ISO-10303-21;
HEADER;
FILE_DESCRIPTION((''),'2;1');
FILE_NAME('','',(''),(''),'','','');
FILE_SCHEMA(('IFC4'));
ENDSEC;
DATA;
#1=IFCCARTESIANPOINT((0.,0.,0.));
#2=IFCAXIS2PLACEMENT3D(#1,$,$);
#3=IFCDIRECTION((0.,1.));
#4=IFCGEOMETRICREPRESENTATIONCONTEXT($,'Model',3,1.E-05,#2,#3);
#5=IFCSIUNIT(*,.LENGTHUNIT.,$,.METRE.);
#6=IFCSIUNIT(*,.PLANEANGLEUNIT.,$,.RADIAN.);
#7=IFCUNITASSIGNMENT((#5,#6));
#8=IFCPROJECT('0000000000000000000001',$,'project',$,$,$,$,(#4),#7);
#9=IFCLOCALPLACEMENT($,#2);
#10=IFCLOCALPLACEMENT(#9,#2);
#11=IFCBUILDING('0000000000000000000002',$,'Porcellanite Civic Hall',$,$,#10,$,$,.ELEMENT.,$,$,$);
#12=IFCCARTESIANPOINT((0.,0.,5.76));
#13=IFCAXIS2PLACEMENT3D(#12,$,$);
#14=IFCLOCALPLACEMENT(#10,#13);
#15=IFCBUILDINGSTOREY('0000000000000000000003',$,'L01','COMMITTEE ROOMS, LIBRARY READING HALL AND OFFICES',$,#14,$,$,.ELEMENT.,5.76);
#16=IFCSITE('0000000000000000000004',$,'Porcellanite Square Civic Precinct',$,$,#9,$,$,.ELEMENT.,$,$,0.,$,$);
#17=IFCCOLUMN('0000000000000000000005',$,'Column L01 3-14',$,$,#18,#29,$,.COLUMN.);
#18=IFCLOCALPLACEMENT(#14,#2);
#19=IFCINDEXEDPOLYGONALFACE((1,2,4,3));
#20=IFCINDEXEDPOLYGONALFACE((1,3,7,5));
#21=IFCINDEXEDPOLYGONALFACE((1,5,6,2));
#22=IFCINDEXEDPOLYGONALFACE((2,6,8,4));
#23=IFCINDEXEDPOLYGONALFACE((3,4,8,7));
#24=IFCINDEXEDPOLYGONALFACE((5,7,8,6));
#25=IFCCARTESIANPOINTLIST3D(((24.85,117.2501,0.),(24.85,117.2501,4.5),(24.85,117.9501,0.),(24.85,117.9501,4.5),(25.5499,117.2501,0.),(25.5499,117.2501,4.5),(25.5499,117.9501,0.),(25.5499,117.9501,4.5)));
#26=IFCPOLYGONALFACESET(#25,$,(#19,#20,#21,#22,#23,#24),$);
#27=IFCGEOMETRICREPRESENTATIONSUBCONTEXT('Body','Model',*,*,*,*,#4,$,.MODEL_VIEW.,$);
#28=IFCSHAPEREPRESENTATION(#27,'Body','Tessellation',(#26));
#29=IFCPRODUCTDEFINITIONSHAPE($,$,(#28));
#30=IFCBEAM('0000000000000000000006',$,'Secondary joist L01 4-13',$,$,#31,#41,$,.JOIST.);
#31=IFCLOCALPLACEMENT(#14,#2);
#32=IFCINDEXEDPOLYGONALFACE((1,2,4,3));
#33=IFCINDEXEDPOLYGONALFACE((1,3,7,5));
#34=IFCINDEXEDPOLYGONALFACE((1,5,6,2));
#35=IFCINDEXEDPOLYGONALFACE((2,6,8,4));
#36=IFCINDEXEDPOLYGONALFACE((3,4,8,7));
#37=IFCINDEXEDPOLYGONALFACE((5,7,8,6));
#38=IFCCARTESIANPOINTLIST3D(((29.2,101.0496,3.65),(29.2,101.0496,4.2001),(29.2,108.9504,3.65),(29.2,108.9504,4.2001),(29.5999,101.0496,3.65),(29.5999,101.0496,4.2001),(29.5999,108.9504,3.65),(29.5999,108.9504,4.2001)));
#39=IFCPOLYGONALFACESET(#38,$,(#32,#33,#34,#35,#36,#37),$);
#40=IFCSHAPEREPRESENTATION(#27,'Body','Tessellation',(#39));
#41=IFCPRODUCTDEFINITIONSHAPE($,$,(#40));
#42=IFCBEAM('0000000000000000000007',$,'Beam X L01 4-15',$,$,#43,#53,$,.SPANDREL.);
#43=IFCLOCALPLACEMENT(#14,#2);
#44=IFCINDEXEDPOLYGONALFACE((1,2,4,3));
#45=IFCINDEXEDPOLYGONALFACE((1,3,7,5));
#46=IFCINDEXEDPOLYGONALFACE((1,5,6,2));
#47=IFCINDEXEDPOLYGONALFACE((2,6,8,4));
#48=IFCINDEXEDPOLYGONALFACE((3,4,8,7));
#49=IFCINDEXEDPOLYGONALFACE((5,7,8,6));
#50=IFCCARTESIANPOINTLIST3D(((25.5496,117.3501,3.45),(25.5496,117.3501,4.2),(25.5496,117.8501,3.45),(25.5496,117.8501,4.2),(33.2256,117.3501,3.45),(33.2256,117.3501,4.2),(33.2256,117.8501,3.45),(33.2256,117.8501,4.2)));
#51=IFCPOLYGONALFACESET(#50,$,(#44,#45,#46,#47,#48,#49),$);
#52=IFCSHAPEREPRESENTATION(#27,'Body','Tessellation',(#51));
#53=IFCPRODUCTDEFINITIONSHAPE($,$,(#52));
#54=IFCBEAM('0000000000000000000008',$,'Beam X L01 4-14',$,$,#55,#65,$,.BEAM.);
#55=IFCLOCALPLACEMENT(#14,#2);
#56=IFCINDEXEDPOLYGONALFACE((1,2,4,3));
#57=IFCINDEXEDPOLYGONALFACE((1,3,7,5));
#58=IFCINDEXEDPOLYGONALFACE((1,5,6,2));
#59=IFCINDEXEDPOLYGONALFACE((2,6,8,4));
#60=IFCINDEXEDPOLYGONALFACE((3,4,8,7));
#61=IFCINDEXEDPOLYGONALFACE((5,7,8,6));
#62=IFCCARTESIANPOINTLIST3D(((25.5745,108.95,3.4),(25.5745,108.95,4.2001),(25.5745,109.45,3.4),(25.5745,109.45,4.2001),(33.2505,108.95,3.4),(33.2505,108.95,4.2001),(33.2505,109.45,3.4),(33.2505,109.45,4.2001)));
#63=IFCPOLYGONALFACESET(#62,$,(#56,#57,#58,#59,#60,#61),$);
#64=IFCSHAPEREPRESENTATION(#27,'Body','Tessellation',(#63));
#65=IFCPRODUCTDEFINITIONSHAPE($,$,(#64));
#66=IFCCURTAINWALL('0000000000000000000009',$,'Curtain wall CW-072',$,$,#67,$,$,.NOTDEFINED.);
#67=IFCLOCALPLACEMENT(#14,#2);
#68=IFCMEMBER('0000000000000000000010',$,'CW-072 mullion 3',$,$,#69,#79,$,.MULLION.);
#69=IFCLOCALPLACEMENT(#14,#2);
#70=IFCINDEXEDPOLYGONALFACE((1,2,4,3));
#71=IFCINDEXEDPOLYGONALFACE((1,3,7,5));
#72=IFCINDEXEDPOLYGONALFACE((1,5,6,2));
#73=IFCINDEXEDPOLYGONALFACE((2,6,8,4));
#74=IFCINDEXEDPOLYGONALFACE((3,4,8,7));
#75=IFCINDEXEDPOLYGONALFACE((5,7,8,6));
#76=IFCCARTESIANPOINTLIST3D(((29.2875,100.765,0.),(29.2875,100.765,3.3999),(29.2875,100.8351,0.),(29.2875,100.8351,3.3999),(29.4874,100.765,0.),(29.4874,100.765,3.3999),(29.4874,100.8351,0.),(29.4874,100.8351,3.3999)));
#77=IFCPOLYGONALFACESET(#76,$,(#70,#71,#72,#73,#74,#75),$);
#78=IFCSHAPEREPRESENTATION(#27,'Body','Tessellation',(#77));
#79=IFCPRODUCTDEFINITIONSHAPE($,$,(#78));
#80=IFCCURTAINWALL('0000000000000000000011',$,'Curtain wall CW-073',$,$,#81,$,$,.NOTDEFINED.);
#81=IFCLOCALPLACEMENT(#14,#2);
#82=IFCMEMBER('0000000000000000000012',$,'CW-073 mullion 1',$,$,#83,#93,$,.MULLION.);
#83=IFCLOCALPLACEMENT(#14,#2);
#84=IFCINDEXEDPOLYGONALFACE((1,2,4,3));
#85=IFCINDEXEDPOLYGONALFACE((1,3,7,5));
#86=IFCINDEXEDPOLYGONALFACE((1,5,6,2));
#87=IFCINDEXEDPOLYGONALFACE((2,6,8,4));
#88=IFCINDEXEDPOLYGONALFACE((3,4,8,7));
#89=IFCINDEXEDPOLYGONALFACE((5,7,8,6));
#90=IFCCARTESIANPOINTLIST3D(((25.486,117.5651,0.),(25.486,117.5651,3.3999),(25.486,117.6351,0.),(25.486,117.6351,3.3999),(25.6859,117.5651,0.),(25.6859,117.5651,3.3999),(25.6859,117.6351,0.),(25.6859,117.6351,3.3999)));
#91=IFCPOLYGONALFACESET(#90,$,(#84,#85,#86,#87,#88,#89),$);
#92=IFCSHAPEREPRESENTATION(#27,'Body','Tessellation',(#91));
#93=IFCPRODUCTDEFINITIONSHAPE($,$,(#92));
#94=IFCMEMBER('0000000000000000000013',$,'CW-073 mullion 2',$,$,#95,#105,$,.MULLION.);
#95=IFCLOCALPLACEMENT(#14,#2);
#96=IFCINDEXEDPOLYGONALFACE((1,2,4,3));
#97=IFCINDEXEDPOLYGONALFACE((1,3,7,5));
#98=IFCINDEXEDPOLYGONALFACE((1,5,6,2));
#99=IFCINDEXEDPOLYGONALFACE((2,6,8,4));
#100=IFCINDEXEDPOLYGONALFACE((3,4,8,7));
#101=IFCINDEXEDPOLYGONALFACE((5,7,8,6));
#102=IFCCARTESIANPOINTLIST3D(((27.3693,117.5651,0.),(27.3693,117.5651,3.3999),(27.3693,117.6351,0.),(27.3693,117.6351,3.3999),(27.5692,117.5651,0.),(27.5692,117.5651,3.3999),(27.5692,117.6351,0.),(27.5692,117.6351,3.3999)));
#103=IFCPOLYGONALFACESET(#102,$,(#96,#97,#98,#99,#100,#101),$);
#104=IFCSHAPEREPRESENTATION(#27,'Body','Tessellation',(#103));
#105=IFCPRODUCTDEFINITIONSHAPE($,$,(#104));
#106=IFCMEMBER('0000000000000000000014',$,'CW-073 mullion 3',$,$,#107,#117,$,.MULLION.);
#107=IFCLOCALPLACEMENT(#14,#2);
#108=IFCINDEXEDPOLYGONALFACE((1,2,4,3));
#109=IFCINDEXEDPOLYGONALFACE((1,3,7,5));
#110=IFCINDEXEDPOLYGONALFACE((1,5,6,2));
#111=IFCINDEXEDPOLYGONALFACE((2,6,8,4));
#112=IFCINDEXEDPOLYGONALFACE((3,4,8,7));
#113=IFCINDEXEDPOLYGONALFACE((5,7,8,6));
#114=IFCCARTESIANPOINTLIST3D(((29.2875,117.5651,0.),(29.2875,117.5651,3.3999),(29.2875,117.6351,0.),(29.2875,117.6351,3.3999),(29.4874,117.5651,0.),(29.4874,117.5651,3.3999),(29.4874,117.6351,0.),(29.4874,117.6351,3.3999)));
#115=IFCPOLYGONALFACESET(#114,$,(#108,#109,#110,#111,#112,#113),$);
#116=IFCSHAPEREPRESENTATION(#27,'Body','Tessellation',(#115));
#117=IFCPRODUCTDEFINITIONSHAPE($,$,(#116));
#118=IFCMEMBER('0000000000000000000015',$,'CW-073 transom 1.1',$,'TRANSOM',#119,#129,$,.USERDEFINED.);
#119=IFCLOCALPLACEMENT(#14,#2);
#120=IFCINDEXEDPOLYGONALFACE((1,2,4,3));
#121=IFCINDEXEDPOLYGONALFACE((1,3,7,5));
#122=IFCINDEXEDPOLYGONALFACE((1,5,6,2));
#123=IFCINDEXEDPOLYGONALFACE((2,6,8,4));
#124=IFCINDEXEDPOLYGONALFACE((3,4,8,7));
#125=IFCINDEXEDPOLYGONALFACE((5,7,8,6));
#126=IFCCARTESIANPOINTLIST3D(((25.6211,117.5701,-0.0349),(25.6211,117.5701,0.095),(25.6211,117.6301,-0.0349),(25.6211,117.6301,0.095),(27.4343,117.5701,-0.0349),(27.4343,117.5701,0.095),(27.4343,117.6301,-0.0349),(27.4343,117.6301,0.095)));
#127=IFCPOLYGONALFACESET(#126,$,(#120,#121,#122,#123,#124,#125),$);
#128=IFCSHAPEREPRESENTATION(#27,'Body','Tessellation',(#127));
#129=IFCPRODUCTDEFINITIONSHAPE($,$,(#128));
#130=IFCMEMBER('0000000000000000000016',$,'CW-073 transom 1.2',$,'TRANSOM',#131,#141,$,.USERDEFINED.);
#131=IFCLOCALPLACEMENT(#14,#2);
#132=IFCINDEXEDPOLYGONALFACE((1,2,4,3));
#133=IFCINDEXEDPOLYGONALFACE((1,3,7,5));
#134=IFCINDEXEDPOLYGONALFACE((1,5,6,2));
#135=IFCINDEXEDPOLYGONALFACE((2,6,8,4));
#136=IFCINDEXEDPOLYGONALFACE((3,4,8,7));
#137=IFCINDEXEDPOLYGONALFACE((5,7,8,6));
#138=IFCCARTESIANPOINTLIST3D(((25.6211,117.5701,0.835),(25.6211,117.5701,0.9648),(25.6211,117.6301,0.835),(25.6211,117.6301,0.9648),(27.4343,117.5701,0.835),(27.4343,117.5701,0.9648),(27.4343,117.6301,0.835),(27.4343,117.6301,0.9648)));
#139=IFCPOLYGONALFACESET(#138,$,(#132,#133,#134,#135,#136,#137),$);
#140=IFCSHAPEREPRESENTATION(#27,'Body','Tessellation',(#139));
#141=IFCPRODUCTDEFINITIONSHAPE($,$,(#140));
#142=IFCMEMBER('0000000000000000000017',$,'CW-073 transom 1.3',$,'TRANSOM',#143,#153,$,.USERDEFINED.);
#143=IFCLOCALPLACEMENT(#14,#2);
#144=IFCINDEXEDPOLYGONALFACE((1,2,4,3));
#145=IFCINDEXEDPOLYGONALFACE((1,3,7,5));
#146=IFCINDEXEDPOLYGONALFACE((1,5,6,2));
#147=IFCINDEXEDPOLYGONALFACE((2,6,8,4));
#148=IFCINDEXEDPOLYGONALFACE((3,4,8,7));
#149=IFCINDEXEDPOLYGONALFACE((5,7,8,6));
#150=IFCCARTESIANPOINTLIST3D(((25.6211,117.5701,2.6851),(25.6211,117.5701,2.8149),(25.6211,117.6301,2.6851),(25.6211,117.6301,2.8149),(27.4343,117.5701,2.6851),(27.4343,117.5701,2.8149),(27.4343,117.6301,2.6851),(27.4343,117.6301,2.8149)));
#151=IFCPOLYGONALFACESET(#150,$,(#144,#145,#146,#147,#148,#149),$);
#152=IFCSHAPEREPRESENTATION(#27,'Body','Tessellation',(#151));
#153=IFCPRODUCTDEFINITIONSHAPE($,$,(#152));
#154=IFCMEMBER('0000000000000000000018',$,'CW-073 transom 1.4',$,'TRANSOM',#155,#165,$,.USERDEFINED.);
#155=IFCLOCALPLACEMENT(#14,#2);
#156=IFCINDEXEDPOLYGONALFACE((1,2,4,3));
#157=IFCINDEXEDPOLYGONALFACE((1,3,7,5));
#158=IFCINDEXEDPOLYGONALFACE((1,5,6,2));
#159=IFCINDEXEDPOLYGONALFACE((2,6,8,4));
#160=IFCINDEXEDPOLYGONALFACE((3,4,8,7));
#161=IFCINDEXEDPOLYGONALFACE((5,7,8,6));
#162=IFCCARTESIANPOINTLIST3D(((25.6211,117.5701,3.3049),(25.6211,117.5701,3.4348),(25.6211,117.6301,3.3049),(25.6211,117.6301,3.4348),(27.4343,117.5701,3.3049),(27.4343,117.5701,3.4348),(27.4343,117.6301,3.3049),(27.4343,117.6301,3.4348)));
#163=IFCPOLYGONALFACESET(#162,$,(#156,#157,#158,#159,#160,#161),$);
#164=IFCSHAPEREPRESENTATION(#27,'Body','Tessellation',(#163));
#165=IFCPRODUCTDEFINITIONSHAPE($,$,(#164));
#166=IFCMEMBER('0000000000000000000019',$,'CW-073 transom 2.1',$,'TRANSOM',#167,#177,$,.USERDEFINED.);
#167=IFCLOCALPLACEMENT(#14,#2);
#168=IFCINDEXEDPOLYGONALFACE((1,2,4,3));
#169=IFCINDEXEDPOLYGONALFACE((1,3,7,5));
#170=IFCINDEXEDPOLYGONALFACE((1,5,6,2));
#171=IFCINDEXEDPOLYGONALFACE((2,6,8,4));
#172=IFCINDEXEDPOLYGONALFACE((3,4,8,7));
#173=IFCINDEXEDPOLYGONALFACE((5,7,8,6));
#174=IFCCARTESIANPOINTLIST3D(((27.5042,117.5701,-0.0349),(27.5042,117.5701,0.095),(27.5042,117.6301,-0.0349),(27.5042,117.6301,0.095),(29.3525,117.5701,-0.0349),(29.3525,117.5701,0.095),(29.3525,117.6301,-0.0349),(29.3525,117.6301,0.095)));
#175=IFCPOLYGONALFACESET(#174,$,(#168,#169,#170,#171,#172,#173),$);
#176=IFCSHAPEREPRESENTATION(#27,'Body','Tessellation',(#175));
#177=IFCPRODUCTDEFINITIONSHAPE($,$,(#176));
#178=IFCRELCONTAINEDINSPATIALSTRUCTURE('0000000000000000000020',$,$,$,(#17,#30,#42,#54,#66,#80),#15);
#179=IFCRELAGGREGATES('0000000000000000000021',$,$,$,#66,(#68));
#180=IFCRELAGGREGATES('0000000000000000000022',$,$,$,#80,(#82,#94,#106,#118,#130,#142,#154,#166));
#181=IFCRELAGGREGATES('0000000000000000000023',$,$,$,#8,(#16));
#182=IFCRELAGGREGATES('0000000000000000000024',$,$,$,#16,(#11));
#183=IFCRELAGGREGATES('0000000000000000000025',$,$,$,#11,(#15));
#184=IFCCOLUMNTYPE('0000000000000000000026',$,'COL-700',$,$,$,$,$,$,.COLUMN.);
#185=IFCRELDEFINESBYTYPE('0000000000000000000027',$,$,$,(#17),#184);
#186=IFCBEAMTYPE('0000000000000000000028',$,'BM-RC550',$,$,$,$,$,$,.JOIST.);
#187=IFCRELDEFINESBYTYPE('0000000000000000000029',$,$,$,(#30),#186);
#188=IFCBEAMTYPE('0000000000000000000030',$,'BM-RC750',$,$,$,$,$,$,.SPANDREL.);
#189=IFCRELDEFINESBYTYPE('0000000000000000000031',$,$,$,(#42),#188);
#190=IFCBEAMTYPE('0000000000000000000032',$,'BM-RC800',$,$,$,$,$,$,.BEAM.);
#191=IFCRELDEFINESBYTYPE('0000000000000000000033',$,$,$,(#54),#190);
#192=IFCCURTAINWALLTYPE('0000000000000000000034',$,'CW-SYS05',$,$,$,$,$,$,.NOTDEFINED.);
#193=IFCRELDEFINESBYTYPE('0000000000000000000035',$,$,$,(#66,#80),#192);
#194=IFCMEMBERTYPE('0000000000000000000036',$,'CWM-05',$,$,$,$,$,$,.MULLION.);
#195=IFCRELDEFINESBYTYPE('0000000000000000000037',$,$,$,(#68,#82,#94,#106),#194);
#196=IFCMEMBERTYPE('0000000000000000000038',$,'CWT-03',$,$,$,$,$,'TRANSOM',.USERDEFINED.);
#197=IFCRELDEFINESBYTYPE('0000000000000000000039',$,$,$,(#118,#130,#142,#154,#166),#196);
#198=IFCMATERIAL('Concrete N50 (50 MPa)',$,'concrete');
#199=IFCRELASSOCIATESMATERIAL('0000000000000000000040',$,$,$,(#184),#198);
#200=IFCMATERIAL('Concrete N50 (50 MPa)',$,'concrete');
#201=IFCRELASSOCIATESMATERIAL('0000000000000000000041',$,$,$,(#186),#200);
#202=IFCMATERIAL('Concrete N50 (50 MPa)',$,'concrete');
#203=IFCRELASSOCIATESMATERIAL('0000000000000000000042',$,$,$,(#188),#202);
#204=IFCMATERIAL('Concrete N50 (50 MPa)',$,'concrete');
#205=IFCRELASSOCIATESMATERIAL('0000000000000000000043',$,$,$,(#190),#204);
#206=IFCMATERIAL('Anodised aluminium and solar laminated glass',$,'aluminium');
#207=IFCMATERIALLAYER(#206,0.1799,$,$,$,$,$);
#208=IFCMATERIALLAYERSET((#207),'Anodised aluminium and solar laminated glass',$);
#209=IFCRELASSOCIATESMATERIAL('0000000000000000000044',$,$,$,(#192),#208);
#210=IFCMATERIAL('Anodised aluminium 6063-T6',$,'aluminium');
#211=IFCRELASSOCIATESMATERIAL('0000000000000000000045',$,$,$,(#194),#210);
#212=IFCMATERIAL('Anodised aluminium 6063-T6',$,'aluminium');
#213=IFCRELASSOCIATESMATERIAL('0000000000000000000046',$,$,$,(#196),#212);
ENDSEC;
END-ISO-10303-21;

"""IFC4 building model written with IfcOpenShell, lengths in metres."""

from ifc_helpers import new_model, si_unit, direction, frame, origin, origin_2d, place, context, subcontext, project, spatial, rectangle, extrude, material, layer, layer_set, material_profile, profile_set, type_object, element, aggregate, save


model = new_model("IFC4")

# Units and contexts
model_context = context("Model", 3, precision=1e-05, world=origin(), true_north=direction((0.0, 1.0)))
body_context = subcontext(model_context, "Body", "Model", "MODEL_VIEW")
ifc_project = project(units=[si_unit("LENGTHUNIT", "METRE"), si_unit("PLANEANGLEUNIT", "RADIAN")], contexts=[model_context])

# Site, building, storey
site_placement = place(None, origin())
site = spatial("IfcSite", under=ifc_project, at=site_placement, Name="Porcellanite Square Civic Precinct", CompositionType="ELEMENT", RefElevation=0.0)
building_placement = place(site_placement, origin())
building = spatial("IfcBuilding", under=site, at=building_placement, Name="Porcellanite Civic Hall", CompositionType="ELEMENT")
storey_placement = place(building_placement, frame((0.0, 0.0, 5.76)))
storey = spatial("IfcBuildingStorey", under=building, at=storey_placement, Name="L01", Description="COMMITTEE ROOMS, LIBRARY READING HALL AND OFFICES", CompositionType="ELEMENT", Elevation=5.76)

# Column
ifc_material_1 = material(Name="Concrete N50 (50 MPa)", Category="concrete")
ifc_material_profile_1 = material_profile(ifc_material_1, rectangle(XDim=0.7, YDim=0.7, at=origin_2d()), Name="RC-700x700")
ifc_profile_set_1 = profile_set([ifc_material_profile_1], Name="Concrete N50 (50 MPa)")
column_type = type_object("IfcColumnType", Name="COL-700", PredefinedType="COLUMN", material=ifc_profile_set_1)
column_placement = place(storey_placement, frame((25.2, 117.6001, 0.0), z_axis=(0.0, 0.0, 1.0), x_axis=(1.0, 0.0, 0.0)))
element("IfcColumn", 1, at=column_placement, inside=storey, type_object=column_type, Name="Column L01 3-14", PredefinedType="COLUMN", context=body_context, shape_type="SweptSolid", body=[
    extrude(rectangle(XDim=0.7, YDim=0.7, at=origin_2d()), origin(), (0.0, 0.0, 1.0), 4.5),
])

# Beams
ifc_material_2 = material(Name="Concrete N50 (50 MPa)", Category="concrete")
ifc_material_profile_2 = material_profile(ifc_material_2, rectangle(XDim=0.3999, YDim=0.55, at=origin_2d()), Name="RC-400x550")
ifc_profile_set_2 = profile_set([ifc_material_profile_2], Name="Concrete N50 (50 MPa)")
beam_type_1 = type_object("IfcBeamType", Name="BM-RC550", PredefinedType="JOIST", material=ifc_profile_set_2)
beam_1_placement = place(storey_placement, frame((29.3999, 101.0496, 3.925), z_axis=(0.0, 1.0, 0.0), x_axis=(-1.0, 0.0, 0.0)))
element("IfcBeam", 2, at=beam_1_placement, inside=storey, type_object=beam_type_1, Name="Secondary joist L01 4-13", PredefinedType="JOIST", context=body_context, shape_type="SweptSolid", body=[
    extrude(rectangle(XDim=0.3999, YDim=0.55, at=origin_2d()), origin(), (0.0, 0.0, 1.0), 7.9009),
])
ifc_material_3 = material(Name="Concrete N50 (50 MPa)", Category="concrete")
ifc_material_profile_3 = material_profile(ifc_material_3, rectangle(XDim=0.5, YDim=0.75, at=origin_2d()), Name="RC-500x750")
ifc_profile_set_3 = profile_set([ifc_material_profile_3], Name="Concrete N50 (50 MPa)")
beam_type_2 = type_object("IfcBeamType", Name="BM-RC750", PredefinedType="SPANDREL", material=ifc_profile_set_3)
beam_2_placement = place(storey_placement, frame((25.5496, 117.6001, 3.825), z_axis=(1.0, 0.0, 0.0), x_axis=(0.0, 1.0, 0.0)))
element("IfcBeam", 3, at=beam_2_placement, inside=storey, type_object=beam_type_2, Name="Beam X L01 4-15", PredefinedType="SPANDREL", context=body_context, shape_type="SweptSolid", body=[
    extrude(rectangle(XDim=0.5, YDim=0.75, at=origin_2d()), origin(), (0.0, 0.0, 1.0), 7.676),
])
ifc_material_4 = material(Name="Concrete N50 (50 MPa)", Category="concrete")
ifc_material_profile_4 = material_profile(ifc_material_4, rectangle(XDim=0.5, YDim=0.8, at=origin_2d()), Name="RC-500x800")
ifc_profile_set_4 = profile_set([ifc_material_profile_4], Name="Concrete N50 (50 MPa)")
beam_type_3 = type_object("IfcBeamType", Name="BM-RC800", PredefinedType="BEAM", material=ifc_profile_set_4)
beam_3_placement = place(storey_placement, frame((25.5745, 109.2, 3.8), z_axis=(1.0, 0.0, 0.0), x_axis=(0.0, 1.0, 0.0)))
element("IfcBeam", 4, at=beam_3_placement, inside=storey, type_object=beam_type_3, Name="Beam X L01 4-14", PredefinedType="BEAM", context=body_context, shape_type="SweptSolid", body=[
    extrude(rectangle(XDim=0.5, YDim=0.8, at=origin_2d()), origin(), (0.0, 0.0, 1.0), 7.676),
])

# Curtain wall, member
ifc_material_5 = material(Name="Anodised aluminium and solar laminated glass", Category="aluminium")
ifc_layer_1 = layer(ifc_material_5, 0.1799)
ifc_layer_set_1 = layer_set([ifc_layer_1], Name="Anodised aluminium and solar laminated glass")
curtain_wall_type = type_object("IfcCurtainWallType", Name="CW-SYS05", PredefinedType="NOTDEFINED", material=ifc_layer_set_1)
curtain_wall_1_placement = place(storey_placement, origin())
curtain_wall_1 = element("IfcCurtainWall", 5, at=curtain_wall_1_placement, inside=storey, type_object=curtain_wall_type, Name="Curtain wall CW-072", PredefinedType="NOTDEFINED")
ifc_material_6 = material(Name="Anodised aluminium 6063-T6", Category="aluminium")
ifc_material_profile_5 = material_profile(ifc_material_6, rectangle(XDim=0.0701, YDim=0.2, at=origin_2d()), Name="AL-70x200")
ifc_profile_set_5 = profile_set([ifc_material_profile_5], Name="Anodised aluminium 6063-T6")
member_type_1 = type_object("IfcMemberType", Name="CWM-05", PredefinedType="MULLION", material=ifc_profile_set_5)
member_1_placement = place(storey_placement, frame((29.3875, 100.8, 0.0), z_axis=(0.0, 0.0, 1.0), x_axis=(0.0, -1.0, 0.0)))
member_1 = element("IfcMember", 6, at=member_1_placement, type_object=member_type_1, Name="CW-072 mullion 3", PredefinedType="MULLION", context=body_context, shape_type="SweptSolid", body=[
    extrude(rectangle(XDim=0.0701, YDim=0.2, at=origin_2d()), origin(), (0.0, 0.0, 1.0), 3.3999),
])
aggregate(curtain_wall_1, [member_1])

# Curtain wall, members
curtain_wall_2_placement = place(storey_placement, origin())
curtain_wall_2 = element("IfcCurtainWall", 7, at=curtain_wall_2_placement, inside=storey, type_object=curtain_wall_type, Name="Curtain wall CW-073", PredefinedType="NOTDEFINED")
member_2_placement = place(storey_placement, frame((25.5859, 117.6001, 0.0), z_axis=(0.0, 0.0, 1.0), x_axis=(0.0, 1.0, 0.0)))
member_2 = element("IfcMember", 8, at=member_2_placement, type_object=member_type_1, Name="CW-073 mullion 1", PredefinedType="MULLION", context=body_context, shape_type="SweptSolid", body=[
    extrude(rectangle(XDim=0.0701, YDim=0.2, at=origin_2d()), origin(), (0.0, 0.0, 1.0), 3.3999),
])
member_3_placement = place(storey_placement, frame((27.4692, 117.6001, 0.0), z_axis=(0.0, 0.0, 1.0), x_axis=(0.0, 1.0, 0.0)))
member_3 = element("IfcMember", 9, at=member_3_placement, type_object=member_type_1, Name="CW-073 mullion 2", PredefinedType="MULLION", context=body_context, shape_type="SweptSolid", body=[
    extrude(rectangle(XDim=0.0701, YDim=0.2, at=origin_2d()), origin(), (0.0, 0.0, 1.0), 3.3999),
])
member_4_placement = place(storey_placement, frame((29.3875, 117.6001, 0.0), z_axis=(0.0, 0.0, 1.0), x_axis=(0.0, 1.0, 0.0)))
member_4 = element("IfcMember", 10, at=member_4_placement, type_object=member_type_1, Name="CW-073 mullion 3", PredefinedType="MULLION", context=body_context, shape_type="SweptSolid", body=[
    extrude(rectangle(XDim=0.0701, YDim=0.2, at=origin_2d()), origin(), (0.0, 0.0, 1.0), 3.3999),
])
ifc_material_7 = material(Name="Anodised aluminium 6063-T6", Category="aluminium")
ifc_material_profile_6 = material_profile(ifc_material_7, rectangle(XDim=0.0601, YDim=0.1299, at=origin_2d()), Name="AL-60x130")
ifc_profile_set_6 = profile_set([ifc_material_profile_6], Name="Anodised aluminium 6063-T6")
member_type_2 = type_object("IfcMemberType", Name="CWT-03", ElementType="TRANSOM", PredefinedType="USERDEFINED", material=ifc_profile_set_6)
member_5_placement = place(storey_placement, frame((25.6211, 117.6001, 0.03), z_axis=(1.0, 0.0, 0.0), x_axis=(0.0, 1.0, 0.0)))
member_5 = element("IfcMember", 11, at=member_5_placement, type_object=member_type_2, Name="CW-073 transom 1.1", ObjectType="TRANSOM", PredefinedType="USERDEFINED", context=body_context, shape_type="SweptSolid", body=[
    extrude(rectangle(XDim=0.0601, YDim=0.1299, at=origin_2d()), origin(), (0.0, 0.0, 1.0), 1.8132),
])
member_6_placement = place(storey_placement, frame((25.6211, 117.6001, 0.8999), z_axis=(1.0, 0.0, 0.0), x_axis=(0.0, 1.0, 0.0)))
member_6 = element("IfcMember", 12, at=member_6_placement, type_object=member_type_2, Name="CW-073 transom 1.2", ObjectType="TRANSOM", PredefinedType="USERDEFINED", context=body_context, shape_type="SweptSolid", body=[
    extrude(rectangle(XDim=0.0601, YDim=0.1299, at=origin_2d()), origin(), (0.0, 0.0, 1.0), 1.8132),
])
member_7_placement = place(storey_placement, frame((25.6211, 117.6001, 2.75), z_axis=(1.0, 0.0, 0.0), x_axis=(0.0, 1.0, 0.0)))
member_7 = element("IfcMember", 13, at=member_7_placement, type_object=member_type_2, Name="CW-073 transom 1.3", ObjectType="TRANSOM", PredefinedType="USERDEFINED", context=body_context, shape_type="SweptSolid", body=[
    extrude(rectangle(XDim=0.0601, YDim=0.1299, at=origin_2d()), origin(), (0.0, 0.0, 1.0), 1.8132),
])
member_8_placement = place(storey_placement, frame((25.6211, 117.6001, 3.3699), z_axis=(1.0, 0.0, 0.0), x_axis=(0.0, 1.0, 0.0)))
member_8 = element("IfcMember", 14, at=member_8_placement, type_object=member_type_2, Name="CW-073 transom 1.4", ObjectType="TRANSOM", PredefinedType="USERDEFINED", context=body_context, shape_type="SweptSolid", body=[
    extrude(rectangle(XDim=0.0601, YDim=0.1299, at=origin_2d()), origin(), (0.0, 0.0, 1.0), 1.8132),
])
member_9_placement = place(storey_placement, frame((27.5042, 117.6001, 0.03), z_axis=(1.0, 0.0, 0.0), x_axis=(0.0, 1.0, 0.0)))
member_9 = element("IfcMember", 15, at=member_9_placement, type_object=member_type_2, Name="CW-073 transom 2.1", ObjectType="TRANSOM", PredefinedType="USERDEFINED", context=body_context, shape_type="SweptSolid", body=[
    extrude(rectangle(XDim=0.0601, YDim=0.1299, at=origin_2d()), origin(), (0.0, 0.0, 1.0), 1.8484),
])

aggregate(curtain_wall_2, [member_2, member_3, member_4, member_5, member_6, member_7, member_8, member_9])

save(model, "model.ifc")
